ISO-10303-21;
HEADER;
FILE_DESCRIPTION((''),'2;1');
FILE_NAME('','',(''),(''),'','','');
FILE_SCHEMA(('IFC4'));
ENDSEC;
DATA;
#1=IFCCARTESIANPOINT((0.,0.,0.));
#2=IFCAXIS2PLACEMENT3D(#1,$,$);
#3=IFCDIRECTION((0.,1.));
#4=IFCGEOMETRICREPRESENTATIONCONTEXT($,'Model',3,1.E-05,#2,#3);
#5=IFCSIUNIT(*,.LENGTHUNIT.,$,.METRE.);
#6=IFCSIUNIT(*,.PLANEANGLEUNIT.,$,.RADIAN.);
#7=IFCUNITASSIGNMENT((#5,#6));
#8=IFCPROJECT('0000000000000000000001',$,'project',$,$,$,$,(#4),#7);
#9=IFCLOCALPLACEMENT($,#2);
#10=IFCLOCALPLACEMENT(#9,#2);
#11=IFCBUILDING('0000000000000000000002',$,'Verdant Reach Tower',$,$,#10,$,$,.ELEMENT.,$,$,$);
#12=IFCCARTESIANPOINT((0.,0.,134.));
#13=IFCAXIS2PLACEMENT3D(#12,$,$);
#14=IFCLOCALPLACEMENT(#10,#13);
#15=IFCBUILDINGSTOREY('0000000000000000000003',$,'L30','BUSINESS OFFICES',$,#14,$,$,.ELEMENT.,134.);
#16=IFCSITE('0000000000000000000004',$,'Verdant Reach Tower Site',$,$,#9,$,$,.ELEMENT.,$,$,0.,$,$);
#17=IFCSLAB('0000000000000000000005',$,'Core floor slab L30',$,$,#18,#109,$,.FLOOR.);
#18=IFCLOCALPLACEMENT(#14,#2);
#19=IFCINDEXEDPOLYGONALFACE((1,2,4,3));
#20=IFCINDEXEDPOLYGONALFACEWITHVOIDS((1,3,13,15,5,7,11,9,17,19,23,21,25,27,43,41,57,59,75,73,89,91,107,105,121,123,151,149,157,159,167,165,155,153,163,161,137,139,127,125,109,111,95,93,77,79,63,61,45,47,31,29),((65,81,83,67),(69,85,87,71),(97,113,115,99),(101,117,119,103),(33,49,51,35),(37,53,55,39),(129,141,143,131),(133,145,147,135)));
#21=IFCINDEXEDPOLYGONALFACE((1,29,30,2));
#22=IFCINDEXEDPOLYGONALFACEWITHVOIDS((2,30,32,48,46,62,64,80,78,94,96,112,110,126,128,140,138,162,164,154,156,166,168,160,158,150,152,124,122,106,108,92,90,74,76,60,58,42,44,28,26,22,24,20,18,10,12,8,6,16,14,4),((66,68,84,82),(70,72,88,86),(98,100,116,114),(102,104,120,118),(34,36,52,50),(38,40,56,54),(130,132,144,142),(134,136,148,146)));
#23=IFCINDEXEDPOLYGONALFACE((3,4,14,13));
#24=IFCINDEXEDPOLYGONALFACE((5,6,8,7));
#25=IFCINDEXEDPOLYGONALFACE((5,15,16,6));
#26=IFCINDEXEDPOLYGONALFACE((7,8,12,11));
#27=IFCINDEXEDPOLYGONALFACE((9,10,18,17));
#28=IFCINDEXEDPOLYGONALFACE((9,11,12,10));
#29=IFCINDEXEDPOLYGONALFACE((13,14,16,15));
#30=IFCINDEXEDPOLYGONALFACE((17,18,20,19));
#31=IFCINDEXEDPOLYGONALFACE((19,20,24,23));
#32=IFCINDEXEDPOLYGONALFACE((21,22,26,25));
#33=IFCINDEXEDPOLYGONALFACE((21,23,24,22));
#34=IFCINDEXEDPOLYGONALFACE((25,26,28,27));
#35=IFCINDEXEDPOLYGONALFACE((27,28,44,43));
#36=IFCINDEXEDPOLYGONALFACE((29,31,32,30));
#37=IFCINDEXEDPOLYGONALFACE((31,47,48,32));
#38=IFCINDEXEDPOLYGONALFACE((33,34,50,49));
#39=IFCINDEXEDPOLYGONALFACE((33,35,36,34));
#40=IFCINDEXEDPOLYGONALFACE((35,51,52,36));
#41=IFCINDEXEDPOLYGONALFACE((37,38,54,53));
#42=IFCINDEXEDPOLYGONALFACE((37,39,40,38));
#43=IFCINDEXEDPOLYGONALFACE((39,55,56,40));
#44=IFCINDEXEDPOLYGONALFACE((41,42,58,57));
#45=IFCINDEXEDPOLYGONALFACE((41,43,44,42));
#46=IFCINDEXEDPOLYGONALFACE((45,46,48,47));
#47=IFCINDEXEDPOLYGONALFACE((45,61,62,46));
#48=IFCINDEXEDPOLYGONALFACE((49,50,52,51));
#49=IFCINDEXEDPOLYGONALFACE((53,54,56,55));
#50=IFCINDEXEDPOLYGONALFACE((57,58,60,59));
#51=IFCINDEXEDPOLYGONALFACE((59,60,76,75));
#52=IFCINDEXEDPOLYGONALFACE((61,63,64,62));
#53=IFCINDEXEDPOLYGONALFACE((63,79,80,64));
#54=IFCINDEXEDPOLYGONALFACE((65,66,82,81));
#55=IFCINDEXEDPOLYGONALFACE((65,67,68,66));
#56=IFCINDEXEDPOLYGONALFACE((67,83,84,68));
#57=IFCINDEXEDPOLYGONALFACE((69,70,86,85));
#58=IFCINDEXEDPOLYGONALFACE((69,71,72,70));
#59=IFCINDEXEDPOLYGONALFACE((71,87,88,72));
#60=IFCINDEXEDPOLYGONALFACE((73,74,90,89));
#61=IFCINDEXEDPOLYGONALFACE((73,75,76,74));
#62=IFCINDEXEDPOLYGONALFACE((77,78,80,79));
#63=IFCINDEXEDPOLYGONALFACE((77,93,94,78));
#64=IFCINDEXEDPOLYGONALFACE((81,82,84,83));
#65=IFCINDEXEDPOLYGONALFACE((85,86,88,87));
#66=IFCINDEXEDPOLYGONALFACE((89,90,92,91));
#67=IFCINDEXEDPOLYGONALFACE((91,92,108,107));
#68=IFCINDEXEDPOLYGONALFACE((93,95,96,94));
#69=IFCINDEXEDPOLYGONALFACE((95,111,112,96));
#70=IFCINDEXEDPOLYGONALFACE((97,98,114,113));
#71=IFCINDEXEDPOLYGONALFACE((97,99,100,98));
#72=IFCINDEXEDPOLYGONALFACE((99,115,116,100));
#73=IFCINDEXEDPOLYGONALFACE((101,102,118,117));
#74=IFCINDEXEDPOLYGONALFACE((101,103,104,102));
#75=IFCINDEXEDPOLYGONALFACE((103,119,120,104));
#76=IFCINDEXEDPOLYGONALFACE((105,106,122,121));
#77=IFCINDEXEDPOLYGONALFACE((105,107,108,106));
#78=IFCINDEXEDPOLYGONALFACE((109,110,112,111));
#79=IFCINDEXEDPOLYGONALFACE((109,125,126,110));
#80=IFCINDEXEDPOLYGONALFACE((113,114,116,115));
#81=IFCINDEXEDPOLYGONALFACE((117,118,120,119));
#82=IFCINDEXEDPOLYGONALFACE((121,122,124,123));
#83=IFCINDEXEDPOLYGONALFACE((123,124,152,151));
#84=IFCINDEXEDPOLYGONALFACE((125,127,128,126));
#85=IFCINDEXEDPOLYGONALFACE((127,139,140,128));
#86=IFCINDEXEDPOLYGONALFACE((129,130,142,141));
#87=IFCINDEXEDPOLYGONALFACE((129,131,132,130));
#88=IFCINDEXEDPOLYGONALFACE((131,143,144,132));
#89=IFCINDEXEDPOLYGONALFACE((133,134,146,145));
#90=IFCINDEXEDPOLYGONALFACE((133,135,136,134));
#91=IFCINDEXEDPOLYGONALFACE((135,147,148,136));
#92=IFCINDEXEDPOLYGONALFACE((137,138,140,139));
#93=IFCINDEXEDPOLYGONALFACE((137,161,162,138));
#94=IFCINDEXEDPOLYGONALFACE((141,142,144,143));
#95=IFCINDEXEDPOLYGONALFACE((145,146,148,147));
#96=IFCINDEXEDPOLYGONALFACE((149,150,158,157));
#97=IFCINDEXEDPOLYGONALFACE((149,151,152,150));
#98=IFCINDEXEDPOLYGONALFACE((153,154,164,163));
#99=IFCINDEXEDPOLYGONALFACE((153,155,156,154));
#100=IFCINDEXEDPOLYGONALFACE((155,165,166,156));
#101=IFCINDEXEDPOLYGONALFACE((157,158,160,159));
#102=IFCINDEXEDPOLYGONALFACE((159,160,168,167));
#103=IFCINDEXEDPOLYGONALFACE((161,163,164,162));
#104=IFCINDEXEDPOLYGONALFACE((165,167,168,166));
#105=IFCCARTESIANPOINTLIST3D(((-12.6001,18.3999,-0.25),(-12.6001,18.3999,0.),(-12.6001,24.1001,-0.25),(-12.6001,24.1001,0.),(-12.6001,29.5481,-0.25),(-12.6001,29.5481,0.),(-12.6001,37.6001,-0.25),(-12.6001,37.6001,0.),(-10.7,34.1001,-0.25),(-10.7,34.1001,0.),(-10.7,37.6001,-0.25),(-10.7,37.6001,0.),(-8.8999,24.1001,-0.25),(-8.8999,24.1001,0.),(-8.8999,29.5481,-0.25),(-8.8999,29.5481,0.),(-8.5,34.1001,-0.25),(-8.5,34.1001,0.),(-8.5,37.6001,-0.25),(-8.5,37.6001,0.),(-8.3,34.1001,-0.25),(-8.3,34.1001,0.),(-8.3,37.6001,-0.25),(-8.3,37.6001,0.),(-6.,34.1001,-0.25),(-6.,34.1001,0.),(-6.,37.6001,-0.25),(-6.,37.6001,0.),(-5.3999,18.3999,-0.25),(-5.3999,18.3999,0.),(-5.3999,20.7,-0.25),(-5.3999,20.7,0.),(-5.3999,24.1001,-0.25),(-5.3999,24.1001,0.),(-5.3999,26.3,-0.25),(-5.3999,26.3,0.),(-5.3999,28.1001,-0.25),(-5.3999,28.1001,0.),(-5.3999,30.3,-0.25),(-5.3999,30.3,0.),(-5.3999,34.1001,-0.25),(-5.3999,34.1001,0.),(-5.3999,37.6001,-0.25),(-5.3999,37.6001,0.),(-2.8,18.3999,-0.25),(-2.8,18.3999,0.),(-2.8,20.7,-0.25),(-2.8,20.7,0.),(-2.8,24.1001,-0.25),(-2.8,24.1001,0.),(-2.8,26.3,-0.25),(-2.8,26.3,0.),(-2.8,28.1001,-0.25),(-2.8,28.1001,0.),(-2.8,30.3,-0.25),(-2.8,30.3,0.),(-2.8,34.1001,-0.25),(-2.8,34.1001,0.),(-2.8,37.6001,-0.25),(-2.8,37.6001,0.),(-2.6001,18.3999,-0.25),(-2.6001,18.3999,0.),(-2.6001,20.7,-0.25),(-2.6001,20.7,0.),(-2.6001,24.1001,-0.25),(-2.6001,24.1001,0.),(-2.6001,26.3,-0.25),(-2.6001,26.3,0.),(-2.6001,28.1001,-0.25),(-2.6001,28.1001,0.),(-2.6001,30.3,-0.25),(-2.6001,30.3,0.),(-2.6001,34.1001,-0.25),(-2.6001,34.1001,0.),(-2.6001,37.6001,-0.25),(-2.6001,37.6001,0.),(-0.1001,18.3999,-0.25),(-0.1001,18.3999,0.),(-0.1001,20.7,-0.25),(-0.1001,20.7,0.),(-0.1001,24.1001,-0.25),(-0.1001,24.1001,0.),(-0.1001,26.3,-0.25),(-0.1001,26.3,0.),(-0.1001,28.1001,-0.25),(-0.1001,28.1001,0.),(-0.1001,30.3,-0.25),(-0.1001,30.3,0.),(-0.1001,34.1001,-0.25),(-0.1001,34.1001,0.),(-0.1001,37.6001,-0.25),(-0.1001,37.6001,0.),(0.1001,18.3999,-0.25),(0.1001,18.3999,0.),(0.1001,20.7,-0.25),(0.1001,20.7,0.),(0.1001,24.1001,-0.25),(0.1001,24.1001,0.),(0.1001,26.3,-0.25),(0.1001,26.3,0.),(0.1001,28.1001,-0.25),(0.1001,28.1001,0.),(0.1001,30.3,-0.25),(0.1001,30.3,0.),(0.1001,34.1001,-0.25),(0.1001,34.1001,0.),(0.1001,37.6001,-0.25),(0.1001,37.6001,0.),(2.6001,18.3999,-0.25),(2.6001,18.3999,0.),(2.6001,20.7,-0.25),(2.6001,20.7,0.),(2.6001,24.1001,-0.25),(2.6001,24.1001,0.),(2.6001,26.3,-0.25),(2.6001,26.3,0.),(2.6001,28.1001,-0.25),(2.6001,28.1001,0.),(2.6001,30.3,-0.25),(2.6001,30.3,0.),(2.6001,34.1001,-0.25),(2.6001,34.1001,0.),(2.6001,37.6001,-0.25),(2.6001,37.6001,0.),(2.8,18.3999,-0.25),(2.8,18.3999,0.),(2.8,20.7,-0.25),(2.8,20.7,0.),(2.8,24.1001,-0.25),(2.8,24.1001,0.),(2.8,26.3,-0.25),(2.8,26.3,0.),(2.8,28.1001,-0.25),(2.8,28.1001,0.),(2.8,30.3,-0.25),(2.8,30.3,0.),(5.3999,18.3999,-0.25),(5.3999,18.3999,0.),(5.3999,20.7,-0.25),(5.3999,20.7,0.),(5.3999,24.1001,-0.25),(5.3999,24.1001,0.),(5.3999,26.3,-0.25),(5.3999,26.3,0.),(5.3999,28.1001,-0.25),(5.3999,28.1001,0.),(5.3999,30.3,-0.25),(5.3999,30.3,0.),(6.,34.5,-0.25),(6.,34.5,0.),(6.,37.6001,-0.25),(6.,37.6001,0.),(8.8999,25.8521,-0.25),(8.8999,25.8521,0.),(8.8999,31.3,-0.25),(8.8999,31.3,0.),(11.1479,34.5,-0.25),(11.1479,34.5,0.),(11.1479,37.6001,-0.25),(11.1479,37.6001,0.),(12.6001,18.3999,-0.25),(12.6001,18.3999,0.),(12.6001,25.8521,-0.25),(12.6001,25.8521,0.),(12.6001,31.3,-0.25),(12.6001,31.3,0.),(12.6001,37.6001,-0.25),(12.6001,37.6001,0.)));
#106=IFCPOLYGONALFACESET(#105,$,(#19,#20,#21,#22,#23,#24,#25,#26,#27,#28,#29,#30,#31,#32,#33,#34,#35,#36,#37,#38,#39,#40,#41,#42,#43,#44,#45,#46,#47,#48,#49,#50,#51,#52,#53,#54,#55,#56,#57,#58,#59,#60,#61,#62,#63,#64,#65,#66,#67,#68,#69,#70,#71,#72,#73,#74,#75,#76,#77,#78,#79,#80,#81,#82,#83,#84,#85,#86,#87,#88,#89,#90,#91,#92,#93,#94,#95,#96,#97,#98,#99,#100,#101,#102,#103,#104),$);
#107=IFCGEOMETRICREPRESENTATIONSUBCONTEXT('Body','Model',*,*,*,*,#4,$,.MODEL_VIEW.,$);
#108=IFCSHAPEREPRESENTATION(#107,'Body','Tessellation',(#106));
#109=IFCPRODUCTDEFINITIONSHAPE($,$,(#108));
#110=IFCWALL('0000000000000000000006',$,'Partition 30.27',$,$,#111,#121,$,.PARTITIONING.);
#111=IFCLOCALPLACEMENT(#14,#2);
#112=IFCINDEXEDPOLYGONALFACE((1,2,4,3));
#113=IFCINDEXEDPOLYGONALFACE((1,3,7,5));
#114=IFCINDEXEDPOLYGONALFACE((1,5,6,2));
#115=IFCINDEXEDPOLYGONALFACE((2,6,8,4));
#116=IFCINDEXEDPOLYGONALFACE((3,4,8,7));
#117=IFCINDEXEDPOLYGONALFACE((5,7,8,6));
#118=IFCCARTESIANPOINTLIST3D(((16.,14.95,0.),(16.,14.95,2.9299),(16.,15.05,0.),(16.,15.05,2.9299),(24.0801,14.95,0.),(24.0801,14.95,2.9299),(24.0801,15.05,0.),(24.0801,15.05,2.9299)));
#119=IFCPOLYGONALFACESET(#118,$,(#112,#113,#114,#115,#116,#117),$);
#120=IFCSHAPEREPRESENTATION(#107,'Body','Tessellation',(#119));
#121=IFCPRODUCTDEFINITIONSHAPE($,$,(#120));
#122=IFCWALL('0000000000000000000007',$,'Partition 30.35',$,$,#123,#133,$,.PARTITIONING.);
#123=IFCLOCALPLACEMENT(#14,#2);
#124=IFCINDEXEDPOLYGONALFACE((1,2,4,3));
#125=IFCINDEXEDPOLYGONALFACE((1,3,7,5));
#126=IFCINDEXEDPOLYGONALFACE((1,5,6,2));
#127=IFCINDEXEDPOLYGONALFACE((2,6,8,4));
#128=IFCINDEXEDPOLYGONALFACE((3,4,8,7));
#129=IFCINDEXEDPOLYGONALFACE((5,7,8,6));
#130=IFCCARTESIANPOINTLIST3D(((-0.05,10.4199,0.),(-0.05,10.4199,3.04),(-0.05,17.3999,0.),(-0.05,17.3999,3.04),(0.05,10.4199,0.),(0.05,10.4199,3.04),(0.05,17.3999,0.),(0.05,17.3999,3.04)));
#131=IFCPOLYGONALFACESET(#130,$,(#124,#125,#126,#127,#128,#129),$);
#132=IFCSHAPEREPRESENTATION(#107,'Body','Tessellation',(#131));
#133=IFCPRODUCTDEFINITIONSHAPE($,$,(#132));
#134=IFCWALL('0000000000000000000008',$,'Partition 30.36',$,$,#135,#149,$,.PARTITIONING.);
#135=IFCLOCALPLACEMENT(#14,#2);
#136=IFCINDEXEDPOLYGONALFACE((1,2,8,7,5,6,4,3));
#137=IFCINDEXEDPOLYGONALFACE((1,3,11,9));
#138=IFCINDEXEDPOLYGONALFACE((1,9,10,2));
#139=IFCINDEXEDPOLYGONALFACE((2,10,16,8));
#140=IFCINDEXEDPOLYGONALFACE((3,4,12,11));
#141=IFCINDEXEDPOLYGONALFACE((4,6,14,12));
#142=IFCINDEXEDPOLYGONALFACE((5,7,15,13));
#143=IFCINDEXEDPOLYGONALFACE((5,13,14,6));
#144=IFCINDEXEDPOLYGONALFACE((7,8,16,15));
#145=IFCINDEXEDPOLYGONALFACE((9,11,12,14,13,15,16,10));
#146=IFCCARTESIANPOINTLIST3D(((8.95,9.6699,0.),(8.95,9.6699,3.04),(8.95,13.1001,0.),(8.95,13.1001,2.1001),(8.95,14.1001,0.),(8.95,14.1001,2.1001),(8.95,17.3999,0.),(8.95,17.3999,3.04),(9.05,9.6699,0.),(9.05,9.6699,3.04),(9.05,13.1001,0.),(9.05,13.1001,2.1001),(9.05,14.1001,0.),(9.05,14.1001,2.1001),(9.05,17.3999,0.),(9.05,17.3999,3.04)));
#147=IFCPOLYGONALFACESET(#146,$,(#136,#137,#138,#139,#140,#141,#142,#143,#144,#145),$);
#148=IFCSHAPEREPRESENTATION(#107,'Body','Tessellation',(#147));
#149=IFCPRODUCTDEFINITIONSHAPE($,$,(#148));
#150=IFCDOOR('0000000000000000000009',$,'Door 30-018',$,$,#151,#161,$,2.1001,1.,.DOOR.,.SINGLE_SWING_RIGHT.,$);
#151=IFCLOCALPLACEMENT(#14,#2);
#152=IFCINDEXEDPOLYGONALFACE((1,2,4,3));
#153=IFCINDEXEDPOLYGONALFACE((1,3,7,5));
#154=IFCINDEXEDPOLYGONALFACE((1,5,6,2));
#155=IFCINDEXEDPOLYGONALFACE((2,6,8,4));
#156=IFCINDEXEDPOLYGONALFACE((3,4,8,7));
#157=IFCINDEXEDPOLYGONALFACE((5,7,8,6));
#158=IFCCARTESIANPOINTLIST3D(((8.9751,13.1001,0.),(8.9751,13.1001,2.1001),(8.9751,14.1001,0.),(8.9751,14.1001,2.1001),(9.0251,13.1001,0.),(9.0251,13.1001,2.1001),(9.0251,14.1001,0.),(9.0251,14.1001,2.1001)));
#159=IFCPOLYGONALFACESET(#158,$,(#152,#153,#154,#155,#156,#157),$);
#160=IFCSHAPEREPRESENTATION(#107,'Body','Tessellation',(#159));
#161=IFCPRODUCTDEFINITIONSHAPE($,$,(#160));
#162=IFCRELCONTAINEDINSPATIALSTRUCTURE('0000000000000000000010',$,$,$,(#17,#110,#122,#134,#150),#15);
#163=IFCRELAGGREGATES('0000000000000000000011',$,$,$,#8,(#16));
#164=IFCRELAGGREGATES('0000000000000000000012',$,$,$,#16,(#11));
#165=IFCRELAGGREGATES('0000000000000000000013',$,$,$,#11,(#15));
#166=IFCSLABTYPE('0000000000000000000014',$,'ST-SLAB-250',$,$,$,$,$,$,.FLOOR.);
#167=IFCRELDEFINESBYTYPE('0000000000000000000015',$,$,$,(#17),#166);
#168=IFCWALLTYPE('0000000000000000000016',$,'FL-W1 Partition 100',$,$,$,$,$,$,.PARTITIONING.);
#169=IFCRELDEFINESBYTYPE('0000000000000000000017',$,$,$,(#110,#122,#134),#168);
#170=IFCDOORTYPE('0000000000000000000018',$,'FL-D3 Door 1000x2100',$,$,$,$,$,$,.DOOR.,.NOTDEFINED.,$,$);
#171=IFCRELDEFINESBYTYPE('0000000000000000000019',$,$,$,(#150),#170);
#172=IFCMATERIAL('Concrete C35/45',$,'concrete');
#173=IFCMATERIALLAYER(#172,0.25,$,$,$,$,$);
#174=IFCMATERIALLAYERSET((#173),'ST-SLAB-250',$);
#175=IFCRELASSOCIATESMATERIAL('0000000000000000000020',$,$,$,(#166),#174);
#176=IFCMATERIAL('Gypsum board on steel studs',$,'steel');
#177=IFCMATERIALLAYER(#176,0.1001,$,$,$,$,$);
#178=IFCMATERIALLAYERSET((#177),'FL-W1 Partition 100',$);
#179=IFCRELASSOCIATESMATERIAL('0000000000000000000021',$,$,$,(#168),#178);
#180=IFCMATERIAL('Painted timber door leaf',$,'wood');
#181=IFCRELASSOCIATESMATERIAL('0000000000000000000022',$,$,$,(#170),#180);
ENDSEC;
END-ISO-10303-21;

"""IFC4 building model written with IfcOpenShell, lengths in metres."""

from ifc_helpers import new_model, si_unit, direction, frame, frame_2d, origin, place, context, subcontext, project, spatial, polyline, rectangle, outline, extrude, material, layer, layer_set, type_object, element, fill, save


model = new_model("IFC4")

# Units and contexts
model_context = context("Model", 3, precision=1e-05, world=origin(), true_north=direction((0.0, 1.0)))
body_context = subcontext(model_context, "Body", "Model", "MODEL_VIEW")
ifc_project = project(units=[si_unit("LENGTHUNIT", "METRE"), si_unit("PLANEANGLEUNIT", "RADIAN")], contexts=[model_context])

# Site, building, storey
site_placement = place(None, origin())
site = spatial("IfcSite", under=ifc_project, at=site_placement, Name="Verdant Reach Tower Site", CompositionType="ELEMENT", RefElevation=0.0)
building_placement = place(site_placement, origin())
building = spatial("IfcBuilding", under=site, at=building_placement, Name="Verdant Reach Tower", CompositionType="ELEMENT")
storey_placement = place(building_placement, frame((0.0, 0.0, 134.0)))
storey = spatial("IfcBuildingStorey", under=building, at=storey_placement, Name="L30", Description="BUSINESS OFFICES", CompositionType="ELEMENT", Elevation=134.0)

# Slab
ifc_material_1 = material(Name="Concrete C35/45", Category="concrete")
ifc_layer_1 = layer(ifc_material_1, 0.25)
ifc_layer_set_1 = layer_set([ifc_layer_1], Name="ST-SLAB-250")
slab_type_1 = type_object("IfcSlabType", Name="ST-SLAB-250", PredefinedType="FLOOR", material=ifc_layer_set_1)
slab_1_placement = place(storey_placement, frame((0.0, 0.0, -0.25)))
element("IfcSlab", 1, at=slab_1_placement, inside=storey, type_object=slab_type_1, Name="Core floor slab L30", PredefinedType="FLOOR", context=body_context, shape_type="SweptSolid", body=[
    extrude(outline(polyline([(12.6001, 18.3999), (5.3999, 18.3999), (5.3999, 20.7), (2.8, 20.7), (2.8, 18.3999), (2.6001, 18.3999), (2.6001, 20.7), (0.1001, 20.7), (0.1001, 18.3999), (-0.1001, 18.3999), (-0.1001, 20.7), (-2.6001, 20.7), (-2.6001, 18.3999), (-2.8, 18.3999), (-2.8, 20.7), (-5.3999, 20.7), (-5.3999, 18.3999), (-12.6001, 18.3999), (-12.6001, 24.1001), (-8.8999, 24.1001), (-8.8999, 29.5481), (-12.6001, 29.5481), (-12.6001, 37.6001), (-10.7, 37.6001), (-10.7, 34.1001), (-8.5, 34.1001), (-8.5, 37.6001), (-8.3, 37.6001), (-8.3, 34.1001), (-6.0, 34.1001), (-6.0, 37.6001), (-5.3999, 37.6001), (-5.3999, 34.1001), (-2.8, 34.1001), (-2.8, 37.6001), (-2.6001, 37.6001), (-2.6001, 34.1001), (-0.1001, 34.1001), (-0.1001, 37.6001), (0.1001, 37.6001), (0.1001, 34.1001), (2.6001, 34.1001), (2.6001, 37.6001), (6.0, 37.6001), (6.0, 34.5), (11.1479, 34.5), (11.1479, 37.6001), (12.6001, 37.6001), (12.6001, 31.3), (8.8999, 31.3), (8.8999, 25.8521), (12.6001, 25.8521), (12.6001, 18.3999)]), holes=[polyline([(-2.8, 24.1001), (-2.8, 26.3), (-5.3999, 26.3), (-5.3999, 24.1001), (-2.8, 24.1001)]), polyline([(-2.6001, 24.1001), (-0.1001, 24.1001), (-0.1001, 26.3), (-2.6001, 26.3), (-2.6001, 24.1001)]), polyline([(-2.8, 28.1001), (-2.8, 30.3), (-5.3999, 30.3), (-5.3999, 28.1001), (-2.8, 28.1001)]), polyline([(-0.1001, 28.1001), (-0.1001, 30.3), (-2.6001, 30.3), (-2.6001, 28.1001), (-0.1001, 28.1001)]), polyline([(2.6001, 24.1001), (2.6001, 26.3), (0.1001, 26.3), (0.1001, 24.1001), (2.6001, 24.1001)]), polyline([(2.8, 24.1001), (5.3999, 24.1001), (5.3999, 26.3), (2.8, 26.3), (2.8, 24.1001)]), polyline([(2.6001, 28.1001), (2.6001, 30.3), (0.1001, 30.3), (0.1001, 28.1001), (2.6001, 28.1001)]), polyline([(5.3999, 28.1001), (5.3999, 30.3), (2.8, 30.3), (2.8, 28.1001), (5.3999, 28.1001)])]), origin(), (0.0, 0.0, 1.0), 0.25),
])

# Walls
ifc_material_2 = material(Name="Gypsum board on steel studs", Category="steel")
ifc_layer_2 = layer(ifc_material_2, 0.1001)
ifc_layer_set_2 = layer_set([ifc_layer_2], Name="FL-W1 Partition 100")
wall_type_1 = type_object("IfcWallType", Name="FL-W1 Partition 100", PredefinedType="PARTITIONING", material=ifc_layer_set_2)
wall_1_placement = place(storey_placement, frame((24.0801, 15.0, 0.0), z_axis=(0.0, 0.0, 1.0), x_axis=(-1.0, 0.0, 0.0)))
element("IfcWall", 2, at=wall_1_placement, inside=storey, type_object=wall_type_1, Name="Partition 30.27", PredefinedType="PARTITIONING", context=body_context, shape_type="SweptSolid", body=[
    extrude(rectangle(XDim=8.0801, YDim=0.1001, at=frame_2d((4.04, 0.0))), origin(), (0.0, 0.0, 1.0), 2.9299),
])
wall_2_placement = place(storey_placement, frame((0.0, 10.4199, 0.0), z_axis=(0.0, 0.0, 1.0), x_axis=(0.0, 1.0, 0.0)))
element("IfcWall", 3, at=wall_2_placement, inside=storey, type_object=wall_type_1, Name="Partition 30.35", PredefinedType="PARTITIONING", context=body_context, shape_type="SweptSolid", body=[
    extrude(rectangle(XDim=6.98, YDim=0.1001, at=frame_2d((3.49, 0.0))), origin(), (0.0, 0.0, 1.0), 3.04),
])

# Wall, opening, door
wall_3_placement = place(storey_placement, frame((9.0, 9.6699, 0.0), z_axis=(0.0, 0.0, 1.0), x_axis=(0.0, 1.0, 0.0)))
wall_3 = element("IfcWall", 4, at=wall_3_placement, inside=storey, type_object=wall_type_1, Name="Partition 30.36", PredefinedType="PARTITIONING", context=body_context, shape_type="SweptSolid", body=[
    extrude(rectangle(XDim=7.73, YDim=0.1001, at=frame_2d((3.865, 0.0))), origin(), (0.0, 0.0, 1.0), 3.04),
])
opening_1_placement = place(wall_3_placement, frame((3.4302, 0.0, 0.0)))
opening_1 = element("IfcOpeningElement", 5, at=opening_1_placement, cuts=wall_3, PredefinedType="OPENING", context=body_context, shape_type="SweptSolid", body=[
    extrude(rectangle(XDim=1.0, YDim=2.1001, at=frame_2d((0.5, 1.05))), frame((0.0, 0.0601, 0.0), z_axis=(0.0, -1.0, 0.0), x_axis=(1.0, 0.0, 0.0)), (0.0, 0.0, 1.0), 0.1201),
])
ifc_material_3 = material(Name="Painted timber door leaf", Category="wood")
door_type_1 = type_object("IfcDoorType", Name="FL-D3 Door 1000x2100", OperationType="NOTDEFINED", PredefinedType="DOOR", material=ifc_material_3)
door_1_placement = place(opening_1_placement, origin())
door_1 = element("IfcDoor", 6, at=door_1_placement, inside=storey, type_object=door_type_1, Name="Door 30-018", OperationType="SINGLE_SWING_RIGHT", OverallHeight=2.1001, OverallWidth=1.0, PredefinedType="DOOR", context=body_context, shape_type="SweptSolid", body=[
    extrude(rectangle(XDim=1.0, YDim=2.1001, at=frame_2d((0.5, 1.05))), frame((0.0, 0.0249, 0.0), z_axis=(0.0, -1.0, 0.0), x_axis=(1.0, 0.0, 0.0)), (0.0, 0.0, 1.0), 0.05),
])
fill(opening_1, door_1)

save(model, "model.ifc")
